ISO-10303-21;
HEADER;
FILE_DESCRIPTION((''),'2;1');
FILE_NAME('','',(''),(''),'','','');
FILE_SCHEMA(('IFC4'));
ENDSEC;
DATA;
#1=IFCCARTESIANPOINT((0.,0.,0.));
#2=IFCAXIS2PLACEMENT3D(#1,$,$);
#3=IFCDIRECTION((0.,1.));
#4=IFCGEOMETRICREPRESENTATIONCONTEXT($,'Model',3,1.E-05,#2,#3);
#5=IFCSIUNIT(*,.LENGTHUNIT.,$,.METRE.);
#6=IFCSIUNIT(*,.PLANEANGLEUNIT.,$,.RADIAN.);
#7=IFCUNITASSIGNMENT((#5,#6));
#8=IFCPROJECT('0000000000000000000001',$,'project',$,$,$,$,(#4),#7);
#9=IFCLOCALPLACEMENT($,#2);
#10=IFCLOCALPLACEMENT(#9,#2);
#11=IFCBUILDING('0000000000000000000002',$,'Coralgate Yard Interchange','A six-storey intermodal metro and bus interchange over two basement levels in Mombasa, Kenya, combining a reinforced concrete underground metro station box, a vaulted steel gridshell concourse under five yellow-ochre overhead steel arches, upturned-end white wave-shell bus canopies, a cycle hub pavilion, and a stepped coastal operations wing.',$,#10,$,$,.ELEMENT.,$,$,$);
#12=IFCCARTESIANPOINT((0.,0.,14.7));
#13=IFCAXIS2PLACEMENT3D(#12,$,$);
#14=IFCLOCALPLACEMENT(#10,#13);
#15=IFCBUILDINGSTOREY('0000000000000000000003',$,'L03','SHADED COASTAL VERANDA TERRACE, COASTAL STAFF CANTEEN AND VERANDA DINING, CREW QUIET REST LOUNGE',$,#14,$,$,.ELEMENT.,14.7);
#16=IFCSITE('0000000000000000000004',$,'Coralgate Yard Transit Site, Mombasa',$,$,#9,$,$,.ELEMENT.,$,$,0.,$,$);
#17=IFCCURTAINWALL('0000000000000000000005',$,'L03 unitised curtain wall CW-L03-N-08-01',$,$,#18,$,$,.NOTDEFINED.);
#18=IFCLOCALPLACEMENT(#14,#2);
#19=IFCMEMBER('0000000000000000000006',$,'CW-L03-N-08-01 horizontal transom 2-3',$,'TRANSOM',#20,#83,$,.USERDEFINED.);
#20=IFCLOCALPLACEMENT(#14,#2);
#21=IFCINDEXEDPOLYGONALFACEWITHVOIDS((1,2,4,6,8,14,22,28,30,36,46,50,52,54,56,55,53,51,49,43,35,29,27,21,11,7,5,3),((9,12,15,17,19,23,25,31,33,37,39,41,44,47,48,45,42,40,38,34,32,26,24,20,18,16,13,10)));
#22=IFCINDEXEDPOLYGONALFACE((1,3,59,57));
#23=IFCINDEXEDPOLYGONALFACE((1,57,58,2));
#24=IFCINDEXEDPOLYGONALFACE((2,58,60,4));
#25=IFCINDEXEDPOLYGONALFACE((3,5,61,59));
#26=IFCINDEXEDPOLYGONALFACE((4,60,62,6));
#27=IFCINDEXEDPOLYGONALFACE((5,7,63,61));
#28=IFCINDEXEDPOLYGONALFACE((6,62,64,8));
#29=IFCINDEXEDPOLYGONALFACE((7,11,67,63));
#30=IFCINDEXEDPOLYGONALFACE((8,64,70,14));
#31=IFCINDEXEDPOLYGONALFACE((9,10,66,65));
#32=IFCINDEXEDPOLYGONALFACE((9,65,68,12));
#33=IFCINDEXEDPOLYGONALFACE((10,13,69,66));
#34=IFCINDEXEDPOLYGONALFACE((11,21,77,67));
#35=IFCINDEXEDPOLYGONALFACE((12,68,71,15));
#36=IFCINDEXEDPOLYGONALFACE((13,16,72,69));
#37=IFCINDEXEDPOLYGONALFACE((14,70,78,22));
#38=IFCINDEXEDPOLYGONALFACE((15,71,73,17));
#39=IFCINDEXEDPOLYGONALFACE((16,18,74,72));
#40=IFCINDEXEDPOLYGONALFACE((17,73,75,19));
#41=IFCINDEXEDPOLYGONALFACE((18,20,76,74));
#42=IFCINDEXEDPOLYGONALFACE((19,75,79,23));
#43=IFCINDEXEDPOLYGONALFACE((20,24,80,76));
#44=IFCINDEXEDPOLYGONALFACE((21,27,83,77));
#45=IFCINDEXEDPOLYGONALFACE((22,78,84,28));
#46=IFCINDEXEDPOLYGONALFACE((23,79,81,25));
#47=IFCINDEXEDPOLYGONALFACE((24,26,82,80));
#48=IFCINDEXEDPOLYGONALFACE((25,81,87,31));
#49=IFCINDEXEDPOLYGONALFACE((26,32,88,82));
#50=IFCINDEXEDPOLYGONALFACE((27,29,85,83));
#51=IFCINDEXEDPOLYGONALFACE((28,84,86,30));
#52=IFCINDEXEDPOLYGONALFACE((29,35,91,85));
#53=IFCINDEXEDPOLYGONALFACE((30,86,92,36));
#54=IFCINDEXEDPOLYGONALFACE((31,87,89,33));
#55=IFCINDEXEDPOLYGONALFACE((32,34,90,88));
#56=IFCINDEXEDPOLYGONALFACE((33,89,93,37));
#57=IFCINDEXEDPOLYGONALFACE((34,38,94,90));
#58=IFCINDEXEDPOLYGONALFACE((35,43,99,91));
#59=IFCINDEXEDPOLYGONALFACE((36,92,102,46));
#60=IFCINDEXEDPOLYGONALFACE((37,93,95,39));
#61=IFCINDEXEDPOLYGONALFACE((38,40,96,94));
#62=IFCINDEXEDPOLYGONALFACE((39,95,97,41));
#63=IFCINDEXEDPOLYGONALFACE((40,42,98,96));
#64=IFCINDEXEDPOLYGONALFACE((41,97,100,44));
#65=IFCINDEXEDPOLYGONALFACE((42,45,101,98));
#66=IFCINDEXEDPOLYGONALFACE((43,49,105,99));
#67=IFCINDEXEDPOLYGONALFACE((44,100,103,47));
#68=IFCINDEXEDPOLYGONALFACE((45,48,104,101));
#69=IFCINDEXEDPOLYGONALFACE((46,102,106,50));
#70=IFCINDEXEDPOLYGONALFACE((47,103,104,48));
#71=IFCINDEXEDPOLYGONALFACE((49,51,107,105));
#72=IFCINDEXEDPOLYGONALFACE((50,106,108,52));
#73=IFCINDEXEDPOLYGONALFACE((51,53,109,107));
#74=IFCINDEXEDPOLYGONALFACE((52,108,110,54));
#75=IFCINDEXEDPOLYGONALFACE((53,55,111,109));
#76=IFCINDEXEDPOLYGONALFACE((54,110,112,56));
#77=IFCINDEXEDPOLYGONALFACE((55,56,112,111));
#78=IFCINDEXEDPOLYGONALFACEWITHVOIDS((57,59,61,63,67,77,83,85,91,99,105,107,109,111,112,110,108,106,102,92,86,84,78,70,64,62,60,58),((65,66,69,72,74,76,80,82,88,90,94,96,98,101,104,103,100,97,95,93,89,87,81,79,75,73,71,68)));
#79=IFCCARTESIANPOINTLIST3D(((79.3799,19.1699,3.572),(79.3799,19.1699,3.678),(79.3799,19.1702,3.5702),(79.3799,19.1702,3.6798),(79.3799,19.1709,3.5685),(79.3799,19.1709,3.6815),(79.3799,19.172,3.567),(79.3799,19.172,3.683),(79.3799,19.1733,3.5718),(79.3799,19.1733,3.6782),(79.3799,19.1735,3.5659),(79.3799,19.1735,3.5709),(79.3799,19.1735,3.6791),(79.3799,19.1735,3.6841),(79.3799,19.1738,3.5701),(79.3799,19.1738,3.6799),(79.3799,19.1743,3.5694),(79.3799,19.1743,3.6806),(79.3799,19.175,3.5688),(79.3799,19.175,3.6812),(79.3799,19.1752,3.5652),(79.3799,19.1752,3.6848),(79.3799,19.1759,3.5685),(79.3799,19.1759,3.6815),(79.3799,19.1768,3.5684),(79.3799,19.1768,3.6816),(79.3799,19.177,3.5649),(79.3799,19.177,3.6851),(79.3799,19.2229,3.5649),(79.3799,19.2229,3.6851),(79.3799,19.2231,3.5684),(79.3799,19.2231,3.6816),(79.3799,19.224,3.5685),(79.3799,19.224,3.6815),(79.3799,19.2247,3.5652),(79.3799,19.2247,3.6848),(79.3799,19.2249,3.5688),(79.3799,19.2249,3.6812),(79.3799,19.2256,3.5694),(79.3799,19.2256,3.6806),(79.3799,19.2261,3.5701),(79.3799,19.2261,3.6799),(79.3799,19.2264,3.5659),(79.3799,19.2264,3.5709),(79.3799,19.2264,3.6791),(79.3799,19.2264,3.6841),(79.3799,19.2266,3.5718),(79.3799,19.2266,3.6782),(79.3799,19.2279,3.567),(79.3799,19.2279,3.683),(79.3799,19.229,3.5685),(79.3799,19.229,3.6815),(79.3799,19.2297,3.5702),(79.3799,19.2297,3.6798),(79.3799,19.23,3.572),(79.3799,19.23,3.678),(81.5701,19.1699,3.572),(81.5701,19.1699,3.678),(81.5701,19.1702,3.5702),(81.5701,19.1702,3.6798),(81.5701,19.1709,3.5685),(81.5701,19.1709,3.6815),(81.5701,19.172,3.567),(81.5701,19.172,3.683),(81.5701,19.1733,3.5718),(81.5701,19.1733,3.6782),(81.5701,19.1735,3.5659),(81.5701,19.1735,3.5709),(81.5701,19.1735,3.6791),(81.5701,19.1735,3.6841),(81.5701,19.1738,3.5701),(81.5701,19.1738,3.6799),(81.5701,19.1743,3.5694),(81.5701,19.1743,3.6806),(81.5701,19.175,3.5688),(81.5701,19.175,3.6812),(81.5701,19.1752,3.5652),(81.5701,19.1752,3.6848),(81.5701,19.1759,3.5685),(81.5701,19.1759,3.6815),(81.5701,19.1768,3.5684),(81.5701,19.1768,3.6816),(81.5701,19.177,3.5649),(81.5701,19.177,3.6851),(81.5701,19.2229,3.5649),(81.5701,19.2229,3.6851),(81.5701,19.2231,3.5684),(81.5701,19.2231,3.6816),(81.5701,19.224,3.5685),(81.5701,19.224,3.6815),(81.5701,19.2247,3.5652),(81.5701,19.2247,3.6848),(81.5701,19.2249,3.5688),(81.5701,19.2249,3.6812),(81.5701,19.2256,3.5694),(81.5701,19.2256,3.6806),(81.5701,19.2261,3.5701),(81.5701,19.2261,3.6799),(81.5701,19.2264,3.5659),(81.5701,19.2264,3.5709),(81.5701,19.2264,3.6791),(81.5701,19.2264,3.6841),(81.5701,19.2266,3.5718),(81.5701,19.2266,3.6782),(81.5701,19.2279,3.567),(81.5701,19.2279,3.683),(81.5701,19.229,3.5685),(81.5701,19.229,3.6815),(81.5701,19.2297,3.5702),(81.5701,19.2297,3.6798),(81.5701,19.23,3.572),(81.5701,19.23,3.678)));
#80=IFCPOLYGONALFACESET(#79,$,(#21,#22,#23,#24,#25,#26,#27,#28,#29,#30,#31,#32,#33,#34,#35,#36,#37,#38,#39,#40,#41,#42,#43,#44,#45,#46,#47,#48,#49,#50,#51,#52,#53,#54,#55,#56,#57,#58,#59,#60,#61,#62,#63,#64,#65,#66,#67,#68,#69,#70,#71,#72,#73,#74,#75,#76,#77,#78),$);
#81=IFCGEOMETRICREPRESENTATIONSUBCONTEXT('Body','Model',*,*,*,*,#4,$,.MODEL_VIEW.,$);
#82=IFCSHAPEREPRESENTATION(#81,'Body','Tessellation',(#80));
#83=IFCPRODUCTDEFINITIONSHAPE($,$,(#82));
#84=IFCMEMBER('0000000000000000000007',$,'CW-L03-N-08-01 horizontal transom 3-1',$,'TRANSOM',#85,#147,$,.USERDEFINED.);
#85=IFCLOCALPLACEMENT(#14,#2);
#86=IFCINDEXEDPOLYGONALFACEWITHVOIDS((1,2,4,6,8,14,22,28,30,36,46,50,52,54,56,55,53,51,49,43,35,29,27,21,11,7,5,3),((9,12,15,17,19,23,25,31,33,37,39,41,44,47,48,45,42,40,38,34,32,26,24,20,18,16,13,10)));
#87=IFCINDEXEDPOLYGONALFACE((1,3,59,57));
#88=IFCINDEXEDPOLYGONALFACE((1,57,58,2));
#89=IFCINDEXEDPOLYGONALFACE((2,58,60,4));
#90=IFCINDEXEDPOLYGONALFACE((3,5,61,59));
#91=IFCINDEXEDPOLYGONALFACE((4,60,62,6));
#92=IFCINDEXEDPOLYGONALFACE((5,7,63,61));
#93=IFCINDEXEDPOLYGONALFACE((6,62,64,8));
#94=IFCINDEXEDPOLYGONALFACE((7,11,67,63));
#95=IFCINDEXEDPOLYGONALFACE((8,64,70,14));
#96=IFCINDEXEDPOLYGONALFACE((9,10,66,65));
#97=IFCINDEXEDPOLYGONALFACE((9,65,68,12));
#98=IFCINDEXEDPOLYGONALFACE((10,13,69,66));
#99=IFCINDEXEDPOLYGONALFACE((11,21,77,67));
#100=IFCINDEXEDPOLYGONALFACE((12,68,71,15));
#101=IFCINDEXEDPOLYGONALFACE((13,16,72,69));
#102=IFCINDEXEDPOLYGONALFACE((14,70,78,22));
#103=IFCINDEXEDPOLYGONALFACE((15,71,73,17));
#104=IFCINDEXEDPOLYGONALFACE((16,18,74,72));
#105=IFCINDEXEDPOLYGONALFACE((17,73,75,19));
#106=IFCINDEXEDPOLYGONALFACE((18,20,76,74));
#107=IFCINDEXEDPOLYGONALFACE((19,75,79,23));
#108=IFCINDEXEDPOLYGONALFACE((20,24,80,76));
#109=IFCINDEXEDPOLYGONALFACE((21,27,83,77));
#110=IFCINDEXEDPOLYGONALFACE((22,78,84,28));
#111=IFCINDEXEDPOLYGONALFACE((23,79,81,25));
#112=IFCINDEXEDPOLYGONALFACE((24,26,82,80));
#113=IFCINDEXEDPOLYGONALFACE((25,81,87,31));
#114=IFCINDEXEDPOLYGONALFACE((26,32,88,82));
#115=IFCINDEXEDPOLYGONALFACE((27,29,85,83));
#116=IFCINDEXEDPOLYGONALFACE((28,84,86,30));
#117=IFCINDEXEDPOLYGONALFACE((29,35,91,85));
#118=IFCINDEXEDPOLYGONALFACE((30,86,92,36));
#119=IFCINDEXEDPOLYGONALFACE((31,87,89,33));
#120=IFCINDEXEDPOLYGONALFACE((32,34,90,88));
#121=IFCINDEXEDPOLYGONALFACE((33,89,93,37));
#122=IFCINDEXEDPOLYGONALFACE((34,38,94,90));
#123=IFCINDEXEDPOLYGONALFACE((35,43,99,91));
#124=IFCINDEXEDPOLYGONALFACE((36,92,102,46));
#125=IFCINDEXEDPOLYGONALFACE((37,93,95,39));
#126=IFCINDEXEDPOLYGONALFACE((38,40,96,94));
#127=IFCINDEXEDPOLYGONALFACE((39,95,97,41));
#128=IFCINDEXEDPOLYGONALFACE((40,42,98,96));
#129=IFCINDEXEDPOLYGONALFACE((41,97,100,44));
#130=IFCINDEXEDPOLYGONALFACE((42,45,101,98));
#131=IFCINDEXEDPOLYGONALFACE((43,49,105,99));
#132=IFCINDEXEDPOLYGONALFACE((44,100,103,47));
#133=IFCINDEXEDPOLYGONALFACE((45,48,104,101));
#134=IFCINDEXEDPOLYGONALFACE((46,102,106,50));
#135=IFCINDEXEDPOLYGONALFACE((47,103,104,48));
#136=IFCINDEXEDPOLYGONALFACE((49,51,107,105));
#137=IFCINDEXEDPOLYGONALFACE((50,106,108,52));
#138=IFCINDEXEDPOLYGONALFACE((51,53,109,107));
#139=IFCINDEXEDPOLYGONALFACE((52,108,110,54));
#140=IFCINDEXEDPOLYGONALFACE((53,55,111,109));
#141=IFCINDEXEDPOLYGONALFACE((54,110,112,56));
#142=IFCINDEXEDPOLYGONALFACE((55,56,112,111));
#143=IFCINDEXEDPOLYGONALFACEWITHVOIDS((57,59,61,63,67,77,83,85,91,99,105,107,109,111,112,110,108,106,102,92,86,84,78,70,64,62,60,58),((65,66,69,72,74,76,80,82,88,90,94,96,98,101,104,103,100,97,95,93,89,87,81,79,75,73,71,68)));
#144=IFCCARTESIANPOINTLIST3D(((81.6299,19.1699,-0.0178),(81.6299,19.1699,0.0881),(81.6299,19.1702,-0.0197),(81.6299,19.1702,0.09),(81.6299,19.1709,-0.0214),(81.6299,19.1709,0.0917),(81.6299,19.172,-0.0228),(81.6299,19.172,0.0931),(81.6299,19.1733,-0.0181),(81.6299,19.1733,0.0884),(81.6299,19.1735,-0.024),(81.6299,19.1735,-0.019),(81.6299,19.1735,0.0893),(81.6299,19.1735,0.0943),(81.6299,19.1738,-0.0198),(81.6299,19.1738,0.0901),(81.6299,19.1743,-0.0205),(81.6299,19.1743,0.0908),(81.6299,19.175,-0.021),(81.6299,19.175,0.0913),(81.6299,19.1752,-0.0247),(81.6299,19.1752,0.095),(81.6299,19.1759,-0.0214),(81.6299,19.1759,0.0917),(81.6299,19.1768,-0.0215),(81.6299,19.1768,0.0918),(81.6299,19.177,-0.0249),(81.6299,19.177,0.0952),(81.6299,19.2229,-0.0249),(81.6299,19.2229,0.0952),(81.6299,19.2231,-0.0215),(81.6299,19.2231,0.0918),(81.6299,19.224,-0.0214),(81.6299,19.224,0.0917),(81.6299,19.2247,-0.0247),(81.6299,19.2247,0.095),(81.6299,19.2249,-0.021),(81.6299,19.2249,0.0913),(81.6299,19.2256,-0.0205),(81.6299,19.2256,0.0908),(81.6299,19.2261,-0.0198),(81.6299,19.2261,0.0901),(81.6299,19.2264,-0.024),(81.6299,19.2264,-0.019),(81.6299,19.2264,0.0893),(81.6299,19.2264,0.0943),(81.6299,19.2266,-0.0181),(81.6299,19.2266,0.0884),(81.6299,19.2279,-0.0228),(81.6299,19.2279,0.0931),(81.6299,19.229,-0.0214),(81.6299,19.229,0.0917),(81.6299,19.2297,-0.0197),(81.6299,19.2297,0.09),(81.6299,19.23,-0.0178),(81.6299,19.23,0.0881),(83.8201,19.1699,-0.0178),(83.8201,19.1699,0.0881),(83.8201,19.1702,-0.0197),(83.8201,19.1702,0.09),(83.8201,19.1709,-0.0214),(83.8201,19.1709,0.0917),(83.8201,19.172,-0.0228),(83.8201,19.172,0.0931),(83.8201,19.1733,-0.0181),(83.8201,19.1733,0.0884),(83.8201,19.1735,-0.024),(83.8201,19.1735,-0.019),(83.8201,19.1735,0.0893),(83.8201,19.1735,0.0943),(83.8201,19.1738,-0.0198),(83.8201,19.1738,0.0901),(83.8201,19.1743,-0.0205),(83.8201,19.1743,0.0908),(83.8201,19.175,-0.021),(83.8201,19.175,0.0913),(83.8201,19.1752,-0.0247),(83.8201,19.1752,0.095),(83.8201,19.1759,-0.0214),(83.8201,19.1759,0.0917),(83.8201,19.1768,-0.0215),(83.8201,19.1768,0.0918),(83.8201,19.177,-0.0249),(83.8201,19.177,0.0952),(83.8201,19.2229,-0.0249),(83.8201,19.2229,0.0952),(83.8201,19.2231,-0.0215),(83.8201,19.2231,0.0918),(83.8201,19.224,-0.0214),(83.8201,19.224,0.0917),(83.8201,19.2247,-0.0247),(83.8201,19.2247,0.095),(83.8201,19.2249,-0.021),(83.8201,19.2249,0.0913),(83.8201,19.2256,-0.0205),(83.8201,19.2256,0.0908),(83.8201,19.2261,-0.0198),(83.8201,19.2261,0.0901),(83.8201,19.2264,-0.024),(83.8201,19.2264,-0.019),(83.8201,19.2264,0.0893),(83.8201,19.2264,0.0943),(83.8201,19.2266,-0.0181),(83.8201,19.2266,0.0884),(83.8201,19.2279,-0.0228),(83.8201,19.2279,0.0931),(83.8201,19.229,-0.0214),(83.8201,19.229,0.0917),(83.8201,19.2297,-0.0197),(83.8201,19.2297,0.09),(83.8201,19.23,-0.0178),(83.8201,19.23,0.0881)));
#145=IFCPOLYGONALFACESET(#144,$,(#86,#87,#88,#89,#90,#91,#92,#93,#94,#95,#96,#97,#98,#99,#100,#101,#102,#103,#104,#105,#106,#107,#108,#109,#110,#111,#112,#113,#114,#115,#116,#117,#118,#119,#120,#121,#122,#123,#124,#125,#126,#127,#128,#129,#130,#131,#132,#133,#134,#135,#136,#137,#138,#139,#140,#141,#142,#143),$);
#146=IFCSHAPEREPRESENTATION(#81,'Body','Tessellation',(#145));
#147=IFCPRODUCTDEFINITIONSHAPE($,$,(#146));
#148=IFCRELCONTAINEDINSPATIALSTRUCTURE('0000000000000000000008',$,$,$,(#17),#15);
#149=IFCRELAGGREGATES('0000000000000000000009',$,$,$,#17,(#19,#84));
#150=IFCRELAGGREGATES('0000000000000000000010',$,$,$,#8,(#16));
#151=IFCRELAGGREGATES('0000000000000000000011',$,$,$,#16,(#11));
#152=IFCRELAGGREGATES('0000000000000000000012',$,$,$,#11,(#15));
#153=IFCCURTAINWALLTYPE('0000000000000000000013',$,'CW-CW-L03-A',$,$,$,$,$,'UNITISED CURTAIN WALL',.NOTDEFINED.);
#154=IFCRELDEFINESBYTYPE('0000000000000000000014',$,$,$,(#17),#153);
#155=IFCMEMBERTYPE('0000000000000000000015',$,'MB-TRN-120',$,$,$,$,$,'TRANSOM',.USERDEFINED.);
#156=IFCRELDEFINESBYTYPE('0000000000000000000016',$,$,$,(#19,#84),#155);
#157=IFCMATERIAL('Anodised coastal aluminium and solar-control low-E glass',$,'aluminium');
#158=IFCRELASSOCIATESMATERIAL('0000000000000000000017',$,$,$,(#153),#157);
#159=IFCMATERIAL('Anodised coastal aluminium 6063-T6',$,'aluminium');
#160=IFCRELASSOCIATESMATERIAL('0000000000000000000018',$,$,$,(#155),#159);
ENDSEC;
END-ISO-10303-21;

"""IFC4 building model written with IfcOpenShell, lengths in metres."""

from ifc_helpers import new_model, si_unit, direction, frame, origin, origin_2d, place, context, subcontext, project, spatial, hollow_rectangle, extrude, material, material_profile, profile_set, type_object, element, aggregate, save


model = new_model("IFC4")

# Units and contexts
model_context = context("Model", 3, precision=1e-05, world=origin(), true_north=direction((0.0, 1.0)))
body_context = subcontext(model_context, "Body", "Model", "MODEL_VIEW")
ifc_project = project(units=[si_unit("LENGTHUNIT", "METRE"), si_unit("PLANEANGLEUNIT", "RADIAN")], contexts=[model_context])

# Site, building, storey
site_placement = place(None, origin())
site = spatial("IfcSite", under=ifc_project, at=site_placement, Name="Coralgate Yard Transit Site, Mombasa", CompositionType="ELEMENT", RefElevation=0.0)
building_placement = place(site_placement, origin())
building = spatial("IfcBuilding", under=site, at=building_placement, Name="Coralgate Yard Interchange", Description="A six-storey intermodal metro and bus interchange over two basement levels in Mombasa, Kenya, combining a reinforced concrete underground metro station box, a vaulted steel gridshell concourse under five yellow-ochre overhead steel arches, upturned-end white wave-shell bus canopies, a cycle hub pavilion, and a stepped coastal operations wing.", CompositionType="ELEMENT")
storey_placement = place(building_placement, frame((0.0, 0.0, 14.7)))
storey = spatial("IfcBuildingStorey", under=building, at=storey_placement, Name="L03", Description="SHADED COASTAL VERANDA TERRACE, COASTAL STAFF CANTEEN AND VERANDA DINING, CREW QUIET REST LOUNGE", CompositionType="ELEMENT", Elevation=14.7)

# Curtain wall, members
ifc_material_1 = material(Name="Anodised coastal aluminium and solar-control low-E glass", Category="aluminium")
curtain_wall_type = type_object("IfcCurtainWallType", Name="CW-CW-L03-A", ElementType="UNITISED CURTAIN WALL", PredefinedType="NOTDEFINED", material=ifc_material_1)
curtain_wall_placement = place(storey_placement, origin())
curtain_wall = element("IfcCurtainWall", 1, at=curtain_wall_placement, inside=storey, type_object=curtain_wall_type, Name="L03 unitised curtain wall CW-L03-N-08-01", PredefinedType="NOTDEFINED")
ifc_material_2 = material(Name="Anodised coastal aluminium 6063-T6", Category="aluminium")
ifc_material_profile_1 = material_profile(ifc_material_2, hollow_rectangle(XDim=0.0601, YDim=0.1201, WallThickness=0.0034, InnerFilletRadius=0.0034, OuterFilletRadius=0.0071, at=origin_2d()), Name="ALU 60x120x3.5")
ifc_profile_set_1 = profile_set([ifc_material_profile_1], Name="Anodised coastal aluminium 6063-T6")
member_type_1 = type_object("IfcMemberType", Name="MB-TRN-120", ElementType="TRANSOM", PredefinedType="USERDEFINED", material=ifc_profile_set_1)
member_1_placement = place(storey_placement, frame((79.3799, 19.2, 3.625), z_axis=(1.0, 0.0, 0.0), x_axis=(0.0, 1.0, 0.0)))
member_1 = element("IfcMember", 2, at=member_1_placement, type_object=member_type_1, Name="CW-L03-N-08-01 horizontal transom 2-3", ObjectType="TRANSOM", PredefinedType="USERDEFINED", context=body_context, shape_type="SweptSolid", body=[
    extrude(hollow_rectangle(XDim=0.0601, YDim=0.1201, WallThickness=0.0034, InnerFilletRadius=0.0034, OuterFilletRadius=0.0071, at=origin_2d()), origin(), (0.0, 0.0, 1.0), 2.1902),
])
member_2_placement = place(storey_placement, frame((81.6299, 19.2, 0.0352), z_axis=(1.0, 0.0, 0.0), x_axis=(0.0, 1.0, 0.0)))
member_2 = element("IfcMember", 3, at=member_2_placement, type_object=member_type_1, Name="CW-L03-N-08-01 horizontal transom 3-1", ObjectType="TRANSOM", PredefinedType="USERDEFINED", context=body_context, shape_type="SweptSolid", body=[
    extrude(hollow_rectangle(XDim=0.0601, YDim=0.1201, WallThickness=0.0034, InnerFilletRadius=0.0034, OuterFilletRadius=0.0071, at=origin_2d()), origin(), (0.0, 0.0, 1.0), 2.1902),
])
aggregate(curtain_wall, [member_1, member_2])

save(model, "model.ifc")
